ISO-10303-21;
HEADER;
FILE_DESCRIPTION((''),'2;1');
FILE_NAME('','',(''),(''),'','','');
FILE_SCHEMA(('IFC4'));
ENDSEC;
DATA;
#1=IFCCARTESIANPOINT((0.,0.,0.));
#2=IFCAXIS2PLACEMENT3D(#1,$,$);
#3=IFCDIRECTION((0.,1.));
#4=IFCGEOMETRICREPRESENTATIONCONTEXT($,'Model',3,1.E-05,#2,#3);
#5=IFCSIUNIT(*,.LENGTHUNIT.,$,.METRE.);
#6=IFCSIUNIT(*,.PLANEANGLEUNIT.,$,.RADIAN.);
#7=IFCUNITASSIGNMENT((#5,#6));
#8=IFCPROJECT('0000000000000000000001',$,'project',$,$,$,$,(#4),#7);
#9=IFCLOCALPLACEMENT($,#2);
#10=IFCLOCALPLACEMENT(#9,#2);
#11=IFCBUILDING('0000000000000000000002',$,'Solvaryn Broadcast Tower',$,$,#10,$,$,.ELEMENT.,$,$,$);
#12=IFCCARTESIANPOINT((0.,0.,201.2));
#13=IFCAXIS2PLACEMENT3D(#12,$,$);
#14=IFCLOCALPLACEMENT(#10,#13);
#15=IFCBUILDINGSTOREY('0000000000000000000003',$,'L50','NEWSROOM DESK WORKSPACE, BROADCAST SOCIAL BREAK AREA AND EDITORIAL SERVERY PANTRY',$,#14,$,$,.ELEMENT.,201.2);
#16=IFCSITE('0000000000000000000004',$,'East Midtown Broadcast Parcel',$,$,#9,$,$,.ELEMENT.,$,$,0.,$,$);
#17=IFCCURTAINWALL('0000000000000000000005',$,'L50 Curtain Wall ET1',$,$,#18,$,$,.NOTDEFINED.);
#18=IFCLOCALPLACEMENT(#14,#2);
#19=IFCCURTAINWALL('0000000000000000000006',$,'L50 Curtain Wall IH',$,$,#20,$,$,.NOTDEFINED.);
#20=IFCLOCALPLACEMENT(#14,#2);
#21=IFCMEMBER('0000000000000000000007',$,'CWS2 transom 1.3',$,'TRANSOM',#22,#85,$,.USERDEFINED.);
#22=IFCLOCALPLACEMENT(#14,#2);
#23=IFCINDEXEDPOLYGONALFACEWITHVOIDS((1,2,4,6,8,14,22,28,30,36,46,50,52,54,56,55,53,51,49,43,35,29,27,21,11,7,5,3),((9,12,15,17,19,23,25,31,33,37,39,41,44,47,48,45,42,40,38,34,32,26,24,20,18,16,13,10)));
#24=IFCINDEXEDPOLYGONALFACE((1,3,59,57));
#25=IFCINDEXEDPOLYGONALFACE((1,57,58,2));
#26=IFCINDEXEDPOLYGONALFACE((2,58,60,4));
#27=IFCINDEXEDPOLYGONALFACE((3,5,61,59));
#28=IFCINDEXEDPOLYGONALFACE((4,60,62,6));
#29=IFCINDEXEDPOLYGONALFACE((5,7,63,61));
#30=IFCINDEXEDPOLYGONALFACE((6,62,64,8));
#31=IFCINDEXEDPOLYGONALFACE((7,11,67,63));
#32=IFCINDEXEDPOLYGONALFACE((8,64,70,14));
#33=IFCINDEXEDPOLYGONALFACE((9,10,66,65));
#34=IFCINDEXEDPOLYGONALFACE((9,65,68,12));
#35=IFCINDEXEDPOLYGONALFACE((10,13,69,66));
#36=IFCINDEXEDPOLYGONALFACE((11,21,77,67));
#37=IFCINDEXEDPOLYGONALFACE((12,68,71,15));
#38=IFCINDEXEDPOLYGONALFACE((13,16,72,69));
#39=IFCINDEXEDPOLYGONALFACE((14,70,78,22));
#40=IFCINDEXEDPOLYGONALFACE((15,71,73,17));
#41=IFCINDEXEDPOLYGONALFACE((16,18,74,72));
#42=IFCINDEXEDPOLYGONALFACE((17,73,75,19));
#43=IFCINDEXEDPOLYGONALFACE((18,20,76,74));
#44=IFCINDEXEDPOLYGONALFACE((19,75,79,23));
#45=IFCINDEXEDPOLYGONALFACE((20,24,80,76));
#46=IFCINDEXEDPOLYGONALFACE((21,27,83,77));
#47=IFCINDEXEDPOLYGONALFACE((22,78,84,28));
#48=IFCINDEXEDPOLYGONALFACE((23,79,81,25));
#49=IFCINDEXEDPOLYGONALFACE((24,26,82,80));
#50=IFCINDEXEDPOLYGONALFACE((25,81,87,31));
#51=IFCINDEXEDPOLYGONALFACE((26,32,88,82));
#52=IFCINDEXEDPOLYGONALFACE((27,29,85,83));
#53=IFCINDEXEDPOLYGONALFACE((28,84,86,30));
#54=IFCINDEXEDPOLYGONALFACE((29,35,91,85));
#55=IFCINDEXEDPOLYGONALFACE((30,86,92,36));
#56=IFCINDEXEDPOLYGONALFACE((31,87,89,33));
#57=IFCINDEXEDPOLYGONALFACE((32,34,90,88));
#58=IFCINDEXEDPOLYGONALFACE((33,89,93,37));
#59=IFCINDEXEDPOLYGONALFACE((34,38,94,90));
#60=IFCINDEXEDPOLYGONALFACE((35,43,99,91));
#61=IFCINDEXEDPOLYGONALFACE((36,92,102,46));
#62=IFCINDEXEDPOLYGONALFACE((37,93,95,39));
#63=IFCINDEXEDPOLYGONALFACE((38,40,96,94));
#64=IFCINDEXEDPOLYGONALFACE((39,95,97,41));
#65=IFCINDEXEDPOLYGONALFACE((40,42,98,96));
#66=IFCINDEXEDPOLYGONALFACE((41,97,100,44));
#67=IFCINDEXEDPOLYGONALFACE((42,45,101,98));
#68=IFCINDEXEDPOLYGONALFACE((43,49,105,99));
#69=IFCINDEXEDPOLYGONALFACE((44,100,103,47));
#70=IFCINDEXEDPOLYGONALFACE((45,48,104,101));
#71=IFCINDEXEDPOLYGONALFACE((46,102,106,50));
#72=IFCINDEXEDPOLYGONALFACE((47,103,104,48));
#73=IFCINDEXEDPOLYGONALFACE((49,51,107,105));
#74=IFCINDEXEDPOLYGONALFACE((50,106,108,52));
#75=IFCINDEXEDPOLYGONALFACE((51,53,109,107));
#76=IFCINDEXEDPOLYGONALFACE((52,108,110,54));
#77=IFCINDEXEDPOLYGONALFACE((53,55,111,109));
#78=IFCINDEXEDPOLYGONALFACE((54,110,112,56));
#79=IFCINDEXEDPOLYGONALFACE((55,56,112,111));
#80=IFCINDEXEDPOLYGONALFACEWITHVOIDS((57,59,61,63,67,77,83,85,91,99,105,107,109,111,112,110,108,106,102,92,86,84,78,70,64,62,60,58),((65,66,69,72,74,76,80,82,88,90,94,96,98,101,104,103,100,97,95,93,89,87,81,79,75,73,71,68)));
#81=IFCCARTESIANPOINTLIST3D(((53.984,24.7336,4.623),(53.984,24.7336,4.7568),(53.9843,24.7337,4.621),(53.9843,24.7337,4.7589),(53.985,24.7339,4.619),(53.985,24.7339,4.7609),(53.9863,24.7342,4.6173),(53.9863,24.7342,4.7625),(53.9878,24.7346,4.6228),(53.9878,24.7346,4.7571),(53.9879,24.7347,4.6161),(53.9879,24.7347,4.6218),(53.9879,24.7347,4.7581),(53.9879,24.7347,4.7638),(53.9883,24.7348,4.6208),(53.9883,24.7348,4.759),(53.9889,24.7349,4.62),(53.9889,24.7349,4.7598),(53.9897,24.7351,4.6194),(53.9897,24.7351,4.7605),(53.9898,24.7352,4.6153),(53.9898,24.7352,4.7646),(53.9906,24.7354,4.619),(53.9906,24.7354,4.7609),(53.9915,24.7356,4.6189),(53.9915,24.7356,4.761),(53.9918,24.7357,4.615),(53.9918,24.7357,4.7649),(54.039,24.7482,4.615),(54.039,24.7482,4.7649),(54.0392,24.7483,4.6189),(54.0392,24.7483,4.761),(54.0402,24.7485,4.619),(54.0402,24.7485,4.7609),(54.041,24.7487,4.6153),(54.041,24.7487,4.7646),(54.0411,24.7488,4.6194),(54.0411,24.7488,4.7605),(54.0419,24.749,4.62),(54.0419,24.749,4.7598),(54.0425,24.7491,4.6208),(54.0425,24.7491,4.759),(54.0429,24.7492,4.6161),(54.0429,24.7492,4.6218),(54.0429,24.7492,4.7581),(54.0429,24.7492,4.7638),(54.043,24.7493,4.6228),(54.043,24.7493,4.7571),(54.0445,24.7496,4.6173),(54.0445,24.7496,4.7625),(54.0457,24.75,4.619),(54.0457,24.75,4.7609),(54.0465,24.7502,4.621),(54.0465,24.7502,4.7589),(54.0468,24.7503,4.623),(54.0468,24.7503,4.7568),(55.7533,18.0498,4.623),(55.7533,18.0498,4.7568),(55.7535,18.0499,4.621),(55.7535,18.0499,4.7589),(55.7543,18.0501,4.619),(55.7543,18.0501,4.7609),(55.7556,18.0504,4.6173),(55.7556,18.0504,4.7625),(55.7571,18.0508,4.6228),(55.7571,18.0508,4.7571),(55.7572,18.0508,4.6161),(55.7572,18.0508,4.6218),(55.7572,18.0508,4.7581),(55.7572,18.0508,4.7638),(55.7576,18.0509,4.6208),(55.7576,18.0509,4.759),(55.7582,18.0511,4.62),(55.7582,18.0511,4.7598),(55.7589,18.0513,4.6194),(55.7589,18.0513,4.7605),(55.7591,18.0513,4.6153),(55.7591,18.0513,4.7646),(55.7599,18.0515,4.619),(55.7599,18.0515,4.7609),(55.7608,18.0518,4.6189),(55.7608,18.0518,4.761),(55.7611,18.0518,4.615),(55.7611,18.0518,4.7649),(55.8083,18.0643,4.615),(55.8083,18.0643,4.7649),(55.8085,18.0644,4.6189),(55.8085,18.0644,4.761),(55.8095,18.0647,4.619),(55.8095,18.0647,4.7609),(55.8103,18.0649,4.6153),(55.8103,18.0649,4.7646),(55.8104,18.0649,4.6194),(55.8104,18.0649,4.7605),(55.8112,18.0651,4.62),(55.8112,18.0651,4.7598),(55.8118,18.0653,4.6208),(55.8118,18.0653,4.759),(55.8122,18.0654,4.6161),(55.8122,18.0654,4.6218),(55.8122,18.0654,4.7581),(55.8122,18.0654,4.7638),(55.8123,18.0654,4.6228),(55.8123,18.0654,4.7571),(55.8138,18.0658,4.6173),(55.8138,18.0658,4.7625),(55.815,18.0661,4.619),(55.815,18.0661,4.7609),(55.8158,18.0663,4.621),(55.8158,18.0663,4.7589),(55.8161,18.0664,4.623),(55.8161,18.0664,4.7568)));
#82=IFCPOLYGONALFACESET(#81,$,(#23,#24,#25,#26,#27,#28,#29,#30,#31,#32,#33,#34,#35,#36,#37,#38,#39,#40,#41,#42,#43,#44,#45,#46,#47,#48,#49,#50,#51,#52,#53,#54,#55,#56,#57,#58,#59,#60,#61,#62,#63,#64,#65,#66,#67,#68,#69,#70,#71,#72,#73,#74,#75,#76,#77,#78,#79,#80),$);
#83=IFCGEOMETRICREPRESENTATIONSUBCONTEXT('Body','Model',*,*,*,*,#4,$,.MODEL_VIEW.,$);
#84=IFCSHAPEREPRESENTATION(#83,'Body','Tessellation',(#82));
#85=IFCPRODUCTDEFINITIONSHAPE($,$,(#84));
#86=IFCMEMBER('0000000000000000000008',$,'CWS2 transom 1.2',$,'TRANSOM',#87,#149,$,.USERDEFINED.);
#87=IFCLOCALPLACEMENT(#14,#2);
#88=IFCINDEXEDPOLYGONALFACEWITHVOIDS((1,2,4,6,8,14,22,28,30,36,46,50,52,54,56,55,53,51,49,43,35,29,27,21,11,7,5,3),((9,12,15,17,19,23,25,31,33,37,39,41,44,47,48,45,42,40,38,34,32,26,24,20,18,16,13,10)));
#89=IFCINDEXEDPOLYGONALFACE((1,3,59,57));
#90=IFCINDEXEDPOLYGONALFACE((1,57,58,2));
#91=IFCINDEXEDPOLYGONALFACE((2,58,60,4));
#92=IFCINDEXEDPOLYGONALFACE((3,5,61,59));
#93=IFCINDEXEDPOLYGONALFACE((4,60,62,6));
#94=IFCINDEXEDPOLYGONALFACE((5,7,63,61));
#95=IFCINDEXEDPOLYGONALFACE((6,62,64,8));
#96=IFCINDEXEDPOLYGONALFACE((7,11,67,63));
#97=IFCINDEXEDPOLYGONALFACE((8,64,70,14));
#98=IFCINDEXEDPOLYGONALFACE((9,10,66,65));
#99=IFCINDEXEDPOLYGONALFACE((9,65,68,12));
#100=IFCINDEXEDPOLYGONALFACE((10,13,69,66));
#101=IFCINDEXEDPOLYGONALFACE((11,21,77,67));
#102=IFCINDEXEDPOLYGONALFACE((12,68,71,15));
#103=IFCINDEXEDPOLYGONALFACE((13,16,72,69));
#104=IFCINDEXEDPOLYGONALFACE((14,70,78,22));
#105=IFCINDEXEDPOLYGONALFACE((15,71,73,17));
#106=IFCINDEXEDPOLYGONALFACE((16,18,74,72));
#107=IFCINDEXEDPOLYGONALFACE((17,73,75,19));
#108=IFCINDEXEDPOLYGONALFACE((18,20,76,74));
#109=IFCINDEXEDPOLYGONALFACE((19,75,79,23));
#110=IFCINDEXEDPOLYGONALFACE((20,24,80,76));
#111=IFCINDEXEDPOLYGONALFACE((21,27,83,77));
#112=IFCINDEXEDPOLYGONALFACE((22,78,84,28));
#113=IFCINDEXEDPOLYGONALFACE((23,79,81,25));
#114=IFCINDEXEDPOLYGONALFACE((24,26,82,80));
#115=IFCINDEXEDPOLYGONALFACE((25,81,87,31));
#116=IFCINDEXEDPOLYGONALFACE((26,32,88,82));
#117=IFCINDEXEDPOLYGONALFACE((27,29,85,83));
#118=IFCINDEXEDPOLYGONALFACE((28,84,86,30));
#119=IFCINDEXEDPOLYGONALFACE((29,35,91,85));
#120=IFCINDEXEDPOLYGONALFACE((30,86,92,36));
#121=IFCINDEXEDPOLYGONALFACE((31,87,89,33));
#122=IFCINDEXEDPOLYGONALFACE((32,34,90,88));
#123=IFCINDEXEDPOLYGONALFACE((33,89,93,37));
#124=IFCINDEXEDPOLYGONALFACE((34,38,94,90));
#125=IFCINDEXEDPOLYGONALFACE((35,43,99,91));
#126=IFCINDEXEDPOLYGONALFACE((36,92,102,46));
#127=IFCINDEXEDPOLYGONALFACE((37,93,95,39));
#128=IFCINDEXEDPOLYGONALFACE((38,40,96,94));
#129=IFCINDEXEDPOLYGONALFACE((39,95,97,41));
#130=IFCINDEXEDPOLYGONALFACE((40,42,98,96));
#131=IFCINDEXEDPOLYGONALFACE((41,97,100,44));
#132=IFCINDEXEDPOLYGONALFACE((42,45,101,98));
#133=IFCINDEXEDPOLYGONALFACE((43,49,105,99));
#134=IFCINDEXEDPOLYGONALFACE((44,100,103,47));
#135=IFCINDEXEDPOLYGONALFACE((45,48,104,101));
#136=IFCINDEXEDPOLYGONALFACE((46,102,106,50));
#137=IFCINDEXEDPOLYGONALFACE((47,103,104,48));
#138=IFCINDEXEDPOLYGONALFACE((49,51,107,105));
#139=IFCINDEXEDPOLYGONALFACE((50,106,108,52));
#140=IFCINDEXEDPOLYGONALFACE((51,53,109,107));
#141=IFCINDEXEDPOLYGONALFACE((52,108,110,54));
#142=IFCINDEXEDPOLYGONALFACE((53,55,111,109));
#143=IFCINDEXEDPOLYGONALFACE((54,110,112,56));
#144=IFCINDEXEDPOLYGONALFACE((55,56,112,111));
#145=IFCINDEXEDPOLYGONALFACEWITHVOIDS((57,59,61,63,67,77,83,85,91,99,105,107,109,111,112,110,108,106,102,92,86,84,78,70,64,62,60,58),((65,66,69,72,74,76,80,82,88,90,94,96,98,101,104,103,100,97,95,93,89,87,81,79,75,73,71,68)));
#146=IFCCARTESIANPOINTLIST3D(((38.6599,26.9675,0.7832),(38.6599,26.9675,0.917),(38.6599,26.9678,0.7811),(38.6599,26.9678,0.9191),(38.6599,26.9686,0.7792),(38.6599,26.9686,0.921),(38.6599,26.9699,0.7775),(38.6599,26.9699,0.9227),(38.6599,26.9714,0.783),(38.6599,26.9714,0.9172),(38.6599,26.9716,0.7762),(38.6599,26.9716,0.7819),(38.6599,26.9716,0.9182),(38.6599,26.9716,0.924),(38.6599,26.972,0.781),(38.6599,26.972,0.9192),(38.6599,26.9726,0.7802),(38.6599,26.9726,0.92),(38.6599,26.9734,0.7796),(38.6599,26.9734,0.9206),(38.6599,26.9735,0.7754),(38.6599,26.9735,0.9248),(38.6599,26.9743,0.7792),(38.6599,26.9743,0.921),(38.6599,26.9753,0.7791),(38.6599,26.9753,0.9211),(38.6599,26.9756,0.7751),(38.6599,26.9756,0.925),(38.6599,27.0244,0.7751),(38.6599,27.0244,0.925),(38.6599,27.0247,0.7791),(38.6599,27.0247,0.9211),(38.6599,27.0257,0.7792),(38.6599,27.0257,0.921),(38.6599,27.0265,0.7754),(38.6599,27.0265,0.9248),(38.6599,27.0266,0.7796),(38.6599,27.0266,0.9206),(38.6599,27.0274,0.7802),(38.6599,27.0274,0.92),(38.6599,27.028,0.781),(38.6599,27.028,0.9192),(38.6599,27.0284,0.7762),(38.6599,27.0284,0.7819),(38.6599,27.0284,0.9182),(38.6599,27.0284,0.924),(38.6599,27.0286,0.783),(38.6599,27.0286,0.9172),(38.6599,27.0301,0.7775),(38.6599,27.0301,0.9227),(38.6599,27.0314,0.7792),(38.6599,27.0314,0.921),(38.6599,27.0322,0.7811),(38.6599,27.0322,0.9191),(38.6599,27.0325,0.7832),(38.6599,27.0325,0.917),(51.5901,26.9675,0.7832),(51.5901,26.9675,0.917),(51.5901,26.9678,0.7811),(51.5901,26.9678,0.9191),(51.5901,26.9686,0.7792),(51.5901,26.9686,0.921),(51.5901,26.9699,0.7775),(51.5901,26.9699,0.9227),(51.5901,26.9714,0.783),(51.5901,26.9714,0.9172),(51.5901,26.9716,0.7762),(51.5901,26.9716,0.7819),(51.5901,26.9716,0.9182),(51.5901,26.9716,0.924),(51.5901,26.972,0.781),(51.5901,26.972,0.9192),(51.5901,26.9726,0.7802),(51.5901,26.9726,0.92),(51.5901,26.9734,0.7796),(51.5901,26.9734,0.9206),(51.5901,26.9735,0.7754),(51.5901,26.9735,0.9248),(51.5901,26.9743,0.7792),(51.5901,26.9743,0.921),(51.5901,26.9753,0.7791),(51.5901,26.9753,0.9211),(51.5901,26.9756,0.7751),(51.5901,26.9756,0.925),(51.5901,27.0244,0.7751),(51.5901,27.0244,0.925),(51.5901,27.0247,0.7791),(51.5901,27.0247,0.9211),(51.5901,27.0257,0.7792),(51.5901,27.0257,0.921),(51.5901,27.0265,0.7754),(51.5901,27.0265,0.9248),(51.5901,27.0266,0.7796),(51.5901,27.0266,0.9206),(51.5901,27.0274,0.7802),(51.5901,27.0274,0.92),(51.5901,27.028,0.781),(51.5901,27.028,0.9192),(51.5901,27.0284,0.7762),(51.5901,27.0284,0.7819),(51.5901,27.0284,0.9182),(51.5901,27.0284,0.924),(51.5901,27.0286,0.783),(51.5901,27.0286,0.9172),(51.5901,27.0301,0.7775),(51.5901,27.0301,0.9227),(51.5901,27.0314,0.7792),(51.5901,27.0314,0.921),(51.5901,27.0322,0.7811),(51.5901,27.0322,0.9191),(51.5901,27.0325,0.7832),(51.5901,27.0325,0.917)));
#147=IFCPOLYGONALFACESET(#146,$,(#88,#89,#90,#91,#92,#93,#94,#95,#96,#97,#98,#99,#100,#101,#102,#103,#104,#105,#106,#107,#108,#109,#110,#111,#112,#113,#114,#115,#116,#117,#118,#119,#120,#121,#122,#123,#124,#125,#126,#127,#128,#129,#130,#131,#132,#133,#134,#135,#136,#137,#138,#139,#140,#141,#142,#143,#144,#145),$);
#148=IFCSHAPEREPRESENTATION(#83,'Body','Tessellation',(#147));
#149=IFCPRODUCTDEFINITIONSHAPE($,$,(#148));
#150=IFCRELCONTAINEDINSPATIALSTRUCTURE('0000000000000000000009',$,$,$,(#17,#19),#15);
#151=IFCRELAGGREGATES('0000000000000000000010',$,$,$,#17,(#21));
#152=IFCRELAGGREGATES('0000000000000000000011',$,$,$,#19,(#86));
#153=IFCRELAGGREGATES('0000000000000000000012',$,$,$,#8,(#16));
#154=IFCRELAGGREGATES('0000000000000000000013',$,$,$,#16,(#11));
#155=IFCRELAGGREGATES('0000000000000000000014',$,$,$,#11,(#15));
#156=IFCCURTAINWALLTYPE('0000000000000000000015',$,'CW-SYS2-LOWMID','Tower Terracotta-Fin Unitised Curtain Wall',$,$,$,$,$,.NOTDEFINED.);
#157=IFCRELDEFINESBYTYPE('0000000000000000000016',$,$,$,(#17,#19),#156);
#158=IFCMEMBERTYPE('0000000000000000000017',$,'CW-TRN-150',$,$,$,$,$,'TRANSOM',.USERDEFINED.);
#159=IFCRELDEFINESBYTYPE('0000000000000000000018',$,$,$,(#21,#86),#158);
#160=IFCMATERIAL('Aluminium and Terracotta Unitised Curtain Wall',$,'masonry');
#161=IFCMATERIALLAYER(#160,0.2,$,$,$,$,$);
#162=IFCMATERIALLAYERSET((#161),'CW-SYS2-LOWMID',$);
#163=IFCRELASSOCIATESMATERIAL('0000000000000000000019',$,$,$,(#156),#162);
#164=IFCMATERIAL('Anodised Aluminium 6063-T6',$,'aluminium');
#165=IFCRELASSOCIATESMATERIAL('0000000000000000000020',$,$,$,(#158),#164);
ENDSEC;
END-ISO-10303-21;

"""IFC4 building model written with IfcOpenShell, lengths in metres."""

from ifc_helpers import new_model, si_unit, direction, frame, origin, origin_2d, place, context, subcontext, project, spatial, hollow_rectangle, extrude, material, layer, layer_set, material_profile, profile_set, type_object, element, aggregate, save


model = new_model("IFC4")

# Units and contexts
model_context = context("Model", 3, precision=1e-05, world=origin(), true_north=direction((0.0, 1.0)))
body_context = subcontext(model_context, "Body", "Model", "MODEL_VIEW")
ifc_project = project(units=[si_unit("LENGTHUNIT", "METRE"), si_unit("PLANEANGLEUNIT", "RADIAN")], contexts=[model_context])

# Site, building, storey
site_placement = place(None, origin())
site = spatial("IfcSite", under=ifc_project, at=site_placement, Name="East Midtown Broadcast Parcel", CompositionType="ELEMENT", RefElevation=0.0)
building_placement = place(site_placement, origin())
building = spatial("IfcBuilding", under=site, at=building_placement, Name="Solvaryn Broadcast Tower", CompositionType="ELEMENT")
storey_placement = place(building_placement, frame((0.0, 0.0, 201.2)))
storey = spatial("IfcBuildingStorey", under=building, at=storey_placement, Name="L50", Description="NEWSROOM DESK WORKSPACE, BROADCAST SOCIAL BREAK AREA AND EDITORIAL SERVERY PANTRY", CompositionType="ELEMENT", Elevation=201.2)

# Curtain walls
ifc_material_1 = material(Name="Aluminium and Terracotta Unitised Curtain Wall", Category="masonry")
ifc_layer_1 = layer(ifc_material_1, 0.2)
ifc_layer_set_1 = layer_set([ifc_layer_1], Name="CW-SYS2-LOWMID")
curtain_wall_type = type_object("IfcCurtainWallType", Name="CW-SYS2-LOWMID", Description="Tower Terracotta-Fin Unitised Curtain Wall", PredefinedType="NOTDEFINED", material=ifc_layer_set_1)
curtain_wall_1_placement = place(storey_placement, origin())
curtain_wall_1 = element("IfcCurtainWall", 1, at=curtain_wall_1_placement, inside=storey, type_object=curtain_wall_type, Name="L50 Curtain Wall ET1", PredefinedType="NOTDEFINED")
curtain_wall_2_placement = place(storey_placement, origin())
curtain_wall_2 = element("IfcCurtainWall", 2, at=curtain_wall_2_placement, inside=storey, type_object=curtain_wall_type, Name="L50 Curtain Wall IH", PredefinedType="NOTDEFINED")

# Members
ifc_material_2 = material(Name="Anodised Aluminium 6063-T6", Category="aluminium")
ifc_material_profile_1 = material_profile(ifc_material_2, hollow_rectangle(XDim=0.0649, YDim=0.1499, WallThickness=0.0039, InnerFilletRadius=0.0039, OuterFilletRadius=0.0081, at=origin_2d()))
ifc_profile_set_1 = profile_set([ifc_material_profile_1], Name="Anodised Aluminium 6063-T6")
member_type_1 = type_object("IfcMemberType", Name="CW-TRN-150", ElementType="TRANSOM", PredefinedType="USERDEFINED", material=ifc_profile_set_1)
member_1_placement = place(storey_placement, frame((54.0154, 24.7419, 4.6899), z_axis=(0.255897, -0.966704, 0.0), x_axis=(0.966704, 0.255897, 0.0)))
member_1 = element("IfcMember", 3, at=member_1_placement, type_object=member_type_1, Name="CWS2 transom 1.3", ObjectType="TRANSOM", PredefinedType="USERDEFINED", context=body_context, shape_type="SweptSolid", body=[
    extrude(hollow_rectangle(XDim=0.0649, YDim=0.1499, WallThickness=0.0039, InnerFilletRadius=0.0039, OuterFilletRadius=0.0081, at=origin_2d()), origin(), (0.0, 0.0, 1.0), 6.9141),
])
member_2_placement = place(storey_placement, frame((38.6599, 27.0, 0.8501), z_axis=(1.0, 0.0, 0.0), x_axis=(0.0, 1.0, 0.0)))
member_2 = element("IfcMember", 4, at=member_2_placement, type_object=member_type_1, Name="CWS2 transom 1.2", ObjectType="TRANSOM", PredefinedType="USERDEFINED", context=body_context, shape_type="SweptSolid", body=[
    extrude(hollow_rectangle(XDim=0.0649, YDim=0.1499, WallThickness=0.0039, InnerFilletRadius=0.0039, OuterFilletRadius=0.0081, at=origin_2d()), origin(), (0.0, 0.0, 1.0), 12.9302),
])

aggregate(curtain_wall_1, [member_1])
aggregate(curtain_wall_2, [member_2])

save(model, "model.ifc")
